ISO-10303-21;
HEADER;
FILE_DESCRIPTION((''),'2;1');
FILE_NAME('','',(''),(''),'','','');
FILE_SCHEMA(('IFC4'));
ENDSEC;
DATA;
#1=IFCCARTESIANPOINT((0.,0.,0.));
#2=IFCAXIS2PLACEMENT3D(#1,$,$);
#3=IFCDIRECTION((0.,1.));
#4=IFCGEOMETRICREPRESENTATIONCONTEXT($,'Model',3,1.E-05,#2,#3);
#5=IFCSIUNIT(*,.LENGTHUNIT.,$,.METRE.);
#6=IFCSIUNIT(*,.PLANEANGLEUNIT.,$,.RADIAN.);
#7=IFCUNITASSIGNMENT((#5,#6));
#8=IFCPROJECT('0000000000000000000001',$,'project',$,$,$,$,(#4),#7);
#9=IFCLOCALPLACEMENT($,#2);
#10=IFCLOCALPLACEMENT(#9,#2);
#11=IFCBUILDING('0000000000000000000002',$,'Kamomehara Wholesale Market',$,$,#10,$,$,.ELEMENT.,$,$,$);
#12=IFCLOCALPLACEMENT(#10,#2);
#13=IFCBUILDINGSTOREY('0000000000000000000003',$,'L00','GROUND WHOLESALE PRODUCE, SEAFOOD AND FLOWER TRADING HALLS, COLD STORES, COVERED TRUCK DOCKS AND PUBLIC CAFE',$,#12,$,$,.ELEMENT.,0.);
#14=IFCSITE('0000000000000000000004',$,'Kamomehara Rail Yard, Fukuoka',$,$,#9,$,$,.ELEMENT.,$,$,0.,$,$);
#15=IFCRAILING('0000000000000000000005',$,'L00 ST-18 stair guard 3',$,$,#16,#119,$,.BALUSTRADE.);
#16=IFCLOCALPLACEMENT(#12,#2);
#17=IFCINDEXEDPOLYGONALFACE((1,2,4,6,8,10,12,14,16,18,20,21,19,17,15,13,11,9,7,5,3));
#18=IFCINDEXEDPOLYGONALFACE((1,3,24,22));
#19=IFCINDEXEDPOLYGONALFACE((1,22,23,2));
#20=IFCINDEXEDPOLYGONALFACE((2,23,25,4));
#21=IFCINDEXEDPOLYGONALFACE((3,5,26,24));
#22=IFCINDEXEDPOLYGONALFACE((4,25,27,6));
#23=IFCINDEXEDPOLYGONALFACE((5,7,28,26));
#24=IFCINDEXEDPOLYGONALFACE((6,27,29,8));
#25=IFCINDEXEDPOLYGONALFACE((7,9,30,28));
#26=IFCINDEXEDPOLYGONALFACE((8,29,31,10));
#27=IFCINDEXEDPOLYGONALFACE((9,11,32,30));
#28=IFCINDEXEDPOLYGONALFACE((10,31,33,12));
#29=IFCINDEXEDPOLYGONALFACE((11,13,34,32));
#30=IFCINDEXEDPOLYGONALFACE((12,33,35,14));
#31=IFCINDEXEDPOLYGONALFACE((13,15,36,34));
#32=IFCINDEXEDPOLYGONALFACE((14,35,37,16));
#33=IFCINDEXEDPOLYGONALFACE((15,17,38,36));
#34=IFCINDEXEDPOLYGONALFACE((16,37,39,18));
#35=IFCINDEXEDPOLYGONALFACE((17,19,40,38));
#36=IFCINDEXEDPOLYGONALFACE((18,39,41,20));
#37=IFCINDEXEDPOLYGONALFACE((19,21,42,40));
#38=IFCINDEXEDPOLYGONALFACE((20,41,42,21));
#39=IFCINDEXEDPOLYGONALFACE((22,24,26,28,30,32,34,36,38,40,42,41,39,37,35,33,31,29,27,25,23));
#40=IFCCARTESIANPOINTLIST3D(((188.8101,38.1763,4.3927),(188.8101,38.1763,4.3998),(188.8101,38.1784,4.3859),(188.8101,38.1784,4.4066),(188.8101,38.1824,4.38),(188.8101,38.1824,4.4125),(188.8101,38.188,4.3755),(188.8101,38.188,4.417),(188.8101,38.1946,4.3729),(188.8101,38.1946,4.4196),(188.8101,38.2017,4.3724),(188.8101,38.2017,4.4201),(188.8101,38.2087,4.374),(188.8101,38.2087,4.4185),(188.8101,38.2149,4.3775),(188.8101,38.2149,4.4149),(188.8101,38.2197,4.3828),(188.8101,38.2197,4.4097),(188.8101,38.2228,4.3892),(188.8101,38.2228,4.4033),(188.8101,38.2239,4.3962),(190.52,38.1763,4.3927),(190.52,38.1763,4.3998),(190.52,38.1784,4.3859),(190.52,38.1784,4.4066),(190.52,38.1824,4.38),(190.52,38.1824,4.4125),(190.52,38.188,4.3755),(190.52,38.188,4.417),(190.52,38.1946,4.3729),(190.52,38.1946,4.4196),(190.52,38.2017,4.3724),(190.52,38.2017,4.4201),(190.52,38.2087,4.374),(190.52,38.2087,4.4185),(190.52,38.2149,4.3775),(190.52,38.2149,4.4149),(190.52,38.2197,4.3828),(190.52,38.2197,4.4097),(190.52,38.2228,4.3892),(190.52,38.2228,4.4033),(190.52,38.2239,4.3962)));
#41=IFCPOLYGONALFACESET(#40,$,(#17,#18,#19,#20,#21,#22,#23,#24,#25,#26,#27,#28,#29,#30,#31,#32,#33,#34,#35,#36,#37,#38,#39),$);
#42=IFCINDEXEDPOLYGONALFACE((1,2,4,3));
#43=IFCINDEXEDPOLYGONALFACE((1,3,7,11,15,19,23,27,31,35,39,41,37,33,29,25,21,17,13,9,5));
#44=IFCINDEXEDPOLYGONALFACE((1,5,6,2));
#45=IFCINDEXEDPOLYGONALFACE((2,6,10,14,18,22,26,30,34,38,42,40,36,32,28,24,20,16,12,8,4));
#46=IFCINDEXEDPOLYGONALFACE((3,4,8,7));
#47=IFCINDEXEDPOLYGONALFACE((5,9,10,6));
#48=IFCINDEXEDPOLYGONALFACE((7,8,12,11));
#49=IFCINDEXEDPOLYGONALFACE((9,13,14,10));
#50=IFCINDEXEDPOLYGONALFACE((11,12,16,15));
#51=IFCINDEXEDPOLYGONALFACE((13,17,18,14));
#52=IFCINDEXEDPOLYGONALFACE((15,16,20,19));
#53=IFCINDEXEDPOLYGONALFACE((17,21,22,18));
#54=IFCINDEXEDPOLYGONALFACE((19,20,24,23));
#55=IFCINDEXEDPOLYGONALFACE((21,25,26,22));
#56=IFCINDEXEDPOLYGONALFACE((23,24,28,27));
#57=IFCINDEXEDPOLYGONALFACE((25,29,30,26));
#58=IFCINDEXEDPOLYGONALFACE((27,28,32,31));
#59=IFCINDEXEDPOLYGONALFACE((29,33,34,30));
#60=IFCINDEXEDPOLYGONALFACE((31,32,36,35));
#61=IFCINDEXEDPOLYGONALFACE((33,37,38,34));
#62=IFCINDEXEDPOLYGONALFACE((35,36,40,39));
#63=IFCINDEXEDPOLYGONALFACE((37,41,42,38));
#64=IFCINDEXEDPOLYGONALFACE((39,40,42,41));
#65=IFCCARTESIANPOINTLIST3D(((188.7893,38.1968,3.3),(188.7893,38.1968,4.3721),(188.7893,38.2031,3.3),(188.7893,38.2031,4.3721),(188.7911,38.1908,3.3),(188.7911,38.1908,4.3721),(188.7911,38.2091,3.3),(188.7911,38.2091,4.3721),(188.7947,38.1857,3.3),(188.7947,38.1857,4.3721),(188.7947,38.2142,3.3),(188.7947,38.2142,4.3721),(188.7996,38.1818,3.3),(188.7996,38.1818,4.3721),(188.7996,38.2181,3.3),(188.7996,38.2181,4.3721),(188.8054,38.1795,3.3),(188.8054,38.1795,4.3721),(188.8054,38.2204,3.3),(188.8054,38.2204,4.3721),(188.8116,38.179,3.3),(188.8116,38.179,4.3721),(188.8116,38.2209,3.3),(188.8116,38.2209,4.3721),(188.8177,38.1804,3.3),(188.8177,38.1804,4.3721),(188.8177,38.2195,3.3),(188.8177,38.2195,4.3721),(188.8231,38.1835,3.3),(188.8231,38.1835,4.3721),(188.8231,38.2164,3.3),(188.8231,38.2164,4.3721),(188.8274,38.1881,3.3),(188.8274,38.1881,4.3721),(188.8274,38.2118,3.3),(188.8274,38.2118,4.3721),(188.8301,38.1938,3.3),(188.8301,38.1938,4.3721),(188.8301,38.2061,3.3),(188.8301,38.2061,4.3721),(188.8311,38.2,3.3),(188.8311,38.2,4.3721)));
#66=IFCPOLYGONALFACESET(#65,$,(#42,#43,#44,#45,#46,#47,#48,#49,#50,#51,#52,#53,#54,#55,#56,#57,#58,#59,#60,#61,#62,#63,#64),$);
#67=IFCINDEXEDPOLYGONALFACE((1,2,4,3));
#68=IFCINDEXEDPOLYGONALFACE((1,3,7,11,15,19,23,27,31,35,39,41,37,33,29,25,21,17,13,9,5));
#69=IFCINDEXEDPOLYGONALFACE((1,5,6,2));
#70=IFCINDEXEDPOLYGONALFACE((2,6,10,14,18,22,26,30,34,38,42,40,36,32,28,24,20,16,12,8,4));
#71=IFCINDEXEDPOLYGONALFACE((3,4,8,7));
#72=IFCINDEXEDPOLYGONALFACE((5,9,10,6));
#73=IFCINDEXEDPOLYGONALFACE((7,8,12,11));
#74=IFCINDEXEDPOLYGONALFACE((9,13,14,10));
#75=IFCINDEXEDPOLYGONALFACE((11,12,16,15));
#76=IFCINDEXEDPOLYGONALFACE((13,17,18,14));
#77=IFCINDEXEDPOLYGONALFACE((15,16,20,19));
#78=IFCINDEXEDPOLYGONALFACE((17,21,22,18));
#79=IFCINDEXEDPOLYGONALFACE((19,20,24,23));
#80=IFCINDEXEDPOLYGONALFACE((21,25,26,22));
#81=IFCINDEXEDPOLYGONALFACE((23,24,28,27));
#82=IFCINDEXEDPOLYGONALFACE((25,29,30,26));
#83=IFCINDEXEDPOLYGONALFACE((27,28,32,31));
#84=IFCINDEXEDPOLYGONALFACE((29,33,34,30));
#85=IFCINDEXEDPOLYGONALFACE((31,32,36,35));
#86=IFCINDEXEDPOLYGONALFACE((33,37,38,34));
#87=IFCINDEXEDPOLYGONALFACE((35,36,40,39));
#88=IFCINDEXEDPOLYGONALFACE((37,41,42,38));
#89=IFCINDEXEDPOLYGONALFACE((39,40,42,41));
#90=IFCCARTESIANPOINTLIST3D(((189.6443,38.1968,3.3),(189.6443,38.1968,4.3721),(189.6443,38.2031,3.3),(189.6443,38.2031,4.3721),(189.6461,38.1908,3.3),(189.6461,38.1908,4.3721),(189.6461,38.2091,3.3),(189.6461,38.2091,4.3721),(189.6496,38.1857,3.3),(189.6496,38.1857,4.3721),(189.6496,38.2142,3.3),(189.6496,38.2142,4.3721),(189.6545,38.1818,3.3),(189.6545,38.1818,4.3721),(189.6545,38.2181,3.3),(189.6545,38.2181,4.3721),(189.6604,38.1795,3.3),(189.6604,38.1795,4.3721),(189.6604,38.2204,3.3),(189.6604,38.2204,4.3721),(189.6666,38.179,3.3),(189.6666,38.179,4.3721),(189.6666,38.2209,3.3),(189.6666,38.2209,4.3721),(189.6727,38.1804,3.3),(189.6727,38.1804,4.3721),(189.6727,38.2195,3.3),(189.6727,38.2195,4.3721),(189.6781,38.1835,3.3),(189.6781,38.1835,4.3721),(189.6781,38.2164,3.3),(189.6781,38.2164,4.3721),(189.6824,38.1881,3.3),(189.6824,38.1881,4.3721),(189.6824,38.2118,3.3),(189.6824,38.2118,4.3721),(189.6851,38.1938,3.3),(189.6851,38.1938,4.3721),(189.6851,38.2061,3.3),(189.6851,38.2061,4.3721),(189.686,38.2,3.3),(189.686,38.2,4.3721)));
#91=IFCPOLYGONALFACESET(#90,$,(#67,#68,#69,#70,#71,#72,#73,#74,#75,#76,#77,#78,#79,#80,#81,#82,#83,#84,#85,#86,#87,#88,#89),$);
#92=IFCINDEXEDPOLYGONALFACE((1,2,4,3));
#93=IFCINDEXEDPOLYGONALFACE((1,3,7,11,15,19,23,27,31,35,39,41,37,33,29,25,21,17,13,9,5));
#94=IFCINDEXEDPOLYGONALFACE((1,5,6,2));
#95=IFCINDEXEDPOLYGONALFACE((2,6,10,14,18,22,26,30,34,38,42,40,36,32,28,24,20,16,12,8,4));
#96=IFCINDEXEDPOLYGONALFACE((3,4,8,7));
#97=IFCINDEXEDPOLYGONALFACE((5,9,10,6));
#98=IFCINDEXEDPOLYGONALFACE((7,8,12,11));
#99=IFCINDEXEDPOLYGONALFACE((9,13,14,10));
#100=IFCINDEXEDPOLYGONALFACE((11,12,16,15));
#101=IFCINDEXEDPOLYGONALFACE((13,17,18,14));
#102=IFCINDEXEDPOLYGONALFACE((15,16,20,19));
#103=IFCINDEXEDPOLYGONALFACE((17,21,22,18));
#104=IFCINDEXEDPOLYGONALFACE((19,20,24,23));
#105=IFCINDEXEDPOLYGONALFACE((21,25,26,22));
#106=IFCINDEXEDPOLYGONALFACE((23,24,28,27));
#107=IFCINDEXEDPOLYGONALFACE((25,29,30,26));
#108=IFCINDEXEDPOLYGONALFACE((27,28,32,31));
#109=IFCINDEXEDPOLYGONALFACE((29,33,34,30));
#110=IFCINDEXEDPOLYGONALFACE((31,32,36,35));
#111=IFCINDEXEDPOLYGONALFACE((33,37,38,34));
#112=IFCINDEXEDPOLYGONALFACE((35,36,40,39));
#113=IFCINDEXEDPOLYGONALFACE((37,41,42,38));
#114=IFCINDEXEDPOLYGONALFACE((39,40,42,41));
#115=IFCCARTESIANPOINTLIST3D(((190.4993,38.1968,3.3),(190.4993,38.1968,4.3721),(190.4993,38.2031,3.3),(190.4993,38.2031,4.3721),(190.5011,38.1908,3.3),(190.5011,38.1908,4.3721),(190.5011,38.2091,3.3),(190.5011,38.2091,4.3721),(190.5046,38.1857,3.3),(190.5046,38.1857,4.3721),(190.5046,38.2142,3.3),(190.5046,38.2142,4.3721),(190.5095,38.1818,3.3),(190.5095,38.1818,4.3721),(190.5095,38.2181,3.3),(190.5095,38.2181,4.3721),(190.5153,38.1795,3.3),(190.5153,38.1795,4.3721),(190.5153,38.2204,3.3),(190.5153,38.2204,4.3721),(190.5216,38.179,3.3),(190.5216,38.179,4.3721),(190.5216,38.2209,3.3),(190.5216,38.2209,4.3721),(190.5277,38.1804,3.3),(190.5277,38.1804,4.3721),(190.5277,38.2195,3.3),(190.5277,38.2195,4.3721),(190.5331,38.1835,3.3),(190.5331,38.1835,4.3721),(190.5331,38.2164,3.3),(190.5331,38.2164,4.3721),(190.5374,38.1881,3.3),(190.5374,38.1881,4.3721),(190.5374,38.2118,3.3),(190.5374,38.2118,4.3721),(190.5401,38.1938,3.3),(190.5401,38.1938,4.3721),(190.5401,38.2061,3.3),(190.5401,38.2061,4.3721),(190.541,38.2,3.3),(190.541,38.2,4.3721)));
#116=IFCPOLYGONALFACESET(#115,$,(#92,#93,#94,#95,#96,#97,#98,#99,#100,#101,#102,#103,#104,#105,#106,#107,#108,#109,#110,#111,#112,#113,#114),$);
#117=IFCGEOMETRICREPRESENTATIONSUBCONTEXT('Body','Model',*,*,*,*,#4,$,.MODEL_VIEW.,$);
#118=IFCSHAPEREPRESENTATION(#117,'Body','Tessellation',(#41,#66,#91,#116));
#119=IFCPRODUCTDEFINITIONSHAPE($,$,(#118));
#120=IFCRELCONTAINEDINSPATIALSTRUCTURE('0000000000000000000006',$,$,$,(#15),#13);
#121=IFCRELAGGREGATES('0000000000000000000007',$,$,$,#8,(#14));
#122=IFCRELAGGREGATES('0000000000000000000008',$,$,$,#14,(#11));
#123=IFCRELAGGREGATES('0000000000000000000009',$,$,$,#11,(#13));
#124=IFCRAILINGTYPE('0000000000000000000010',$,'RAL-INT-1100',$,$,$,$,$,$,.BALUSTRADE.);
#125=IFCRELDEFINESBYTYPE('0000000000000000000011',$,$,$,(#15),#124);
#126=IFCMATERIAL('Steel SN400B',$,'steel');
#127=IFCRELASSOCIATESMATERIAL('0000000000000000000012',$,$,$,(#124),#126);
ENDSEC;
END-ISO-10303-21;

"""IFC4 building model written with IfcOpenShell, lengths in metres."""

from ifc_helpers import new_model, si_unit, direction, frame, origin, origin_2d, place, context, subcontext, project, spatial, circle, extrude, material, type_object, element, save


model = new_model("IFC4")

# Units and contexts
model_context = context("Model", 3, precision=1e-05, world=origin(), true_north=direction((0.0, 1.0)))
body_context = subcontext(model_context, "Body", "Model", "MODEL_VIEW")
ifc_project = project(units=[si_unit("LENGTHUNIT", "METRE"), si_unit("PLANEANGLEUNIT", "RADIAN")], contexts=[model_context])

# Site, building, storey
site_placement = place(None, origin())
site = spatial("IfcSite", under=ifc_project, at=site_placement, Name="Kamomehara Rail Yard, Fukuoka", CompositionType="ELEMENT", RefElevation=0.0)
building_placement = place(site_placement, origin())
building = spatial("IfcBuilding", under=site, at=building_placement, Name="Kamomehara Wholesale Market", CompositionType="ELEMENT")
storey_placement = place(building_placement, origin())
storey = spatial("IfcBuildingStorey", under=building, at=storey_placement, Name="L00", Description="GROUND WHOLESALE PRODUCE, SEAFOOD AND FLOWER TRADING HALLS, COLD STORES, COVERED TRUCK DOCKS AND PUBLIC CAFE", CompositionType="ELEMENT", Elevation=0.0)

# Railing
ifc_material_1 = material(Name="Steel SN400B", Category="steel")
railing_type_1 = type_object("IfcRailingType", Name="RAL-INT-1100", PredefinedType="BALUSTRADE", material=ifc_material_1)
railing_1_placement = place(storey_placement, frame((188.8101, 38.2, 3.3)))
element("IfcRailing", 1, at=railing_1_placement, inside=storey, type_object=railing_type_1, Name="L00 ST-18 stair guard 3", PredefinedType="BALUSTRADE", context=body_context, shape_type="SweptSolid", body=[
    extrude(circle(Radius=0.0239, at=origin_2d()), frame((0.0, 0.0, 1.0962), z_axis=(1.0, 0.0, 0.0), x_axis=(0.0, 1.0, 0.0)), (0.0, 0.0, 1.0), 1.71),
    extrude(circle(Radius=0.021, at=origin_2d()), origin(), (0.0, 0.0, 1.0), 1.072),
    extrude(circle(Radius=0.021, at=origin_2d()), frame((0.855, 0.0, 0.0)), (0.0, 0.0, 1.0), 1.072),
    extrude(circle(Radius=0.021, at=origin_2d()), frame((1.71, 0.0, 0.0)), (0.0, 0.0, 1.0), 1.072),
])

save(model, "model.ifc")
